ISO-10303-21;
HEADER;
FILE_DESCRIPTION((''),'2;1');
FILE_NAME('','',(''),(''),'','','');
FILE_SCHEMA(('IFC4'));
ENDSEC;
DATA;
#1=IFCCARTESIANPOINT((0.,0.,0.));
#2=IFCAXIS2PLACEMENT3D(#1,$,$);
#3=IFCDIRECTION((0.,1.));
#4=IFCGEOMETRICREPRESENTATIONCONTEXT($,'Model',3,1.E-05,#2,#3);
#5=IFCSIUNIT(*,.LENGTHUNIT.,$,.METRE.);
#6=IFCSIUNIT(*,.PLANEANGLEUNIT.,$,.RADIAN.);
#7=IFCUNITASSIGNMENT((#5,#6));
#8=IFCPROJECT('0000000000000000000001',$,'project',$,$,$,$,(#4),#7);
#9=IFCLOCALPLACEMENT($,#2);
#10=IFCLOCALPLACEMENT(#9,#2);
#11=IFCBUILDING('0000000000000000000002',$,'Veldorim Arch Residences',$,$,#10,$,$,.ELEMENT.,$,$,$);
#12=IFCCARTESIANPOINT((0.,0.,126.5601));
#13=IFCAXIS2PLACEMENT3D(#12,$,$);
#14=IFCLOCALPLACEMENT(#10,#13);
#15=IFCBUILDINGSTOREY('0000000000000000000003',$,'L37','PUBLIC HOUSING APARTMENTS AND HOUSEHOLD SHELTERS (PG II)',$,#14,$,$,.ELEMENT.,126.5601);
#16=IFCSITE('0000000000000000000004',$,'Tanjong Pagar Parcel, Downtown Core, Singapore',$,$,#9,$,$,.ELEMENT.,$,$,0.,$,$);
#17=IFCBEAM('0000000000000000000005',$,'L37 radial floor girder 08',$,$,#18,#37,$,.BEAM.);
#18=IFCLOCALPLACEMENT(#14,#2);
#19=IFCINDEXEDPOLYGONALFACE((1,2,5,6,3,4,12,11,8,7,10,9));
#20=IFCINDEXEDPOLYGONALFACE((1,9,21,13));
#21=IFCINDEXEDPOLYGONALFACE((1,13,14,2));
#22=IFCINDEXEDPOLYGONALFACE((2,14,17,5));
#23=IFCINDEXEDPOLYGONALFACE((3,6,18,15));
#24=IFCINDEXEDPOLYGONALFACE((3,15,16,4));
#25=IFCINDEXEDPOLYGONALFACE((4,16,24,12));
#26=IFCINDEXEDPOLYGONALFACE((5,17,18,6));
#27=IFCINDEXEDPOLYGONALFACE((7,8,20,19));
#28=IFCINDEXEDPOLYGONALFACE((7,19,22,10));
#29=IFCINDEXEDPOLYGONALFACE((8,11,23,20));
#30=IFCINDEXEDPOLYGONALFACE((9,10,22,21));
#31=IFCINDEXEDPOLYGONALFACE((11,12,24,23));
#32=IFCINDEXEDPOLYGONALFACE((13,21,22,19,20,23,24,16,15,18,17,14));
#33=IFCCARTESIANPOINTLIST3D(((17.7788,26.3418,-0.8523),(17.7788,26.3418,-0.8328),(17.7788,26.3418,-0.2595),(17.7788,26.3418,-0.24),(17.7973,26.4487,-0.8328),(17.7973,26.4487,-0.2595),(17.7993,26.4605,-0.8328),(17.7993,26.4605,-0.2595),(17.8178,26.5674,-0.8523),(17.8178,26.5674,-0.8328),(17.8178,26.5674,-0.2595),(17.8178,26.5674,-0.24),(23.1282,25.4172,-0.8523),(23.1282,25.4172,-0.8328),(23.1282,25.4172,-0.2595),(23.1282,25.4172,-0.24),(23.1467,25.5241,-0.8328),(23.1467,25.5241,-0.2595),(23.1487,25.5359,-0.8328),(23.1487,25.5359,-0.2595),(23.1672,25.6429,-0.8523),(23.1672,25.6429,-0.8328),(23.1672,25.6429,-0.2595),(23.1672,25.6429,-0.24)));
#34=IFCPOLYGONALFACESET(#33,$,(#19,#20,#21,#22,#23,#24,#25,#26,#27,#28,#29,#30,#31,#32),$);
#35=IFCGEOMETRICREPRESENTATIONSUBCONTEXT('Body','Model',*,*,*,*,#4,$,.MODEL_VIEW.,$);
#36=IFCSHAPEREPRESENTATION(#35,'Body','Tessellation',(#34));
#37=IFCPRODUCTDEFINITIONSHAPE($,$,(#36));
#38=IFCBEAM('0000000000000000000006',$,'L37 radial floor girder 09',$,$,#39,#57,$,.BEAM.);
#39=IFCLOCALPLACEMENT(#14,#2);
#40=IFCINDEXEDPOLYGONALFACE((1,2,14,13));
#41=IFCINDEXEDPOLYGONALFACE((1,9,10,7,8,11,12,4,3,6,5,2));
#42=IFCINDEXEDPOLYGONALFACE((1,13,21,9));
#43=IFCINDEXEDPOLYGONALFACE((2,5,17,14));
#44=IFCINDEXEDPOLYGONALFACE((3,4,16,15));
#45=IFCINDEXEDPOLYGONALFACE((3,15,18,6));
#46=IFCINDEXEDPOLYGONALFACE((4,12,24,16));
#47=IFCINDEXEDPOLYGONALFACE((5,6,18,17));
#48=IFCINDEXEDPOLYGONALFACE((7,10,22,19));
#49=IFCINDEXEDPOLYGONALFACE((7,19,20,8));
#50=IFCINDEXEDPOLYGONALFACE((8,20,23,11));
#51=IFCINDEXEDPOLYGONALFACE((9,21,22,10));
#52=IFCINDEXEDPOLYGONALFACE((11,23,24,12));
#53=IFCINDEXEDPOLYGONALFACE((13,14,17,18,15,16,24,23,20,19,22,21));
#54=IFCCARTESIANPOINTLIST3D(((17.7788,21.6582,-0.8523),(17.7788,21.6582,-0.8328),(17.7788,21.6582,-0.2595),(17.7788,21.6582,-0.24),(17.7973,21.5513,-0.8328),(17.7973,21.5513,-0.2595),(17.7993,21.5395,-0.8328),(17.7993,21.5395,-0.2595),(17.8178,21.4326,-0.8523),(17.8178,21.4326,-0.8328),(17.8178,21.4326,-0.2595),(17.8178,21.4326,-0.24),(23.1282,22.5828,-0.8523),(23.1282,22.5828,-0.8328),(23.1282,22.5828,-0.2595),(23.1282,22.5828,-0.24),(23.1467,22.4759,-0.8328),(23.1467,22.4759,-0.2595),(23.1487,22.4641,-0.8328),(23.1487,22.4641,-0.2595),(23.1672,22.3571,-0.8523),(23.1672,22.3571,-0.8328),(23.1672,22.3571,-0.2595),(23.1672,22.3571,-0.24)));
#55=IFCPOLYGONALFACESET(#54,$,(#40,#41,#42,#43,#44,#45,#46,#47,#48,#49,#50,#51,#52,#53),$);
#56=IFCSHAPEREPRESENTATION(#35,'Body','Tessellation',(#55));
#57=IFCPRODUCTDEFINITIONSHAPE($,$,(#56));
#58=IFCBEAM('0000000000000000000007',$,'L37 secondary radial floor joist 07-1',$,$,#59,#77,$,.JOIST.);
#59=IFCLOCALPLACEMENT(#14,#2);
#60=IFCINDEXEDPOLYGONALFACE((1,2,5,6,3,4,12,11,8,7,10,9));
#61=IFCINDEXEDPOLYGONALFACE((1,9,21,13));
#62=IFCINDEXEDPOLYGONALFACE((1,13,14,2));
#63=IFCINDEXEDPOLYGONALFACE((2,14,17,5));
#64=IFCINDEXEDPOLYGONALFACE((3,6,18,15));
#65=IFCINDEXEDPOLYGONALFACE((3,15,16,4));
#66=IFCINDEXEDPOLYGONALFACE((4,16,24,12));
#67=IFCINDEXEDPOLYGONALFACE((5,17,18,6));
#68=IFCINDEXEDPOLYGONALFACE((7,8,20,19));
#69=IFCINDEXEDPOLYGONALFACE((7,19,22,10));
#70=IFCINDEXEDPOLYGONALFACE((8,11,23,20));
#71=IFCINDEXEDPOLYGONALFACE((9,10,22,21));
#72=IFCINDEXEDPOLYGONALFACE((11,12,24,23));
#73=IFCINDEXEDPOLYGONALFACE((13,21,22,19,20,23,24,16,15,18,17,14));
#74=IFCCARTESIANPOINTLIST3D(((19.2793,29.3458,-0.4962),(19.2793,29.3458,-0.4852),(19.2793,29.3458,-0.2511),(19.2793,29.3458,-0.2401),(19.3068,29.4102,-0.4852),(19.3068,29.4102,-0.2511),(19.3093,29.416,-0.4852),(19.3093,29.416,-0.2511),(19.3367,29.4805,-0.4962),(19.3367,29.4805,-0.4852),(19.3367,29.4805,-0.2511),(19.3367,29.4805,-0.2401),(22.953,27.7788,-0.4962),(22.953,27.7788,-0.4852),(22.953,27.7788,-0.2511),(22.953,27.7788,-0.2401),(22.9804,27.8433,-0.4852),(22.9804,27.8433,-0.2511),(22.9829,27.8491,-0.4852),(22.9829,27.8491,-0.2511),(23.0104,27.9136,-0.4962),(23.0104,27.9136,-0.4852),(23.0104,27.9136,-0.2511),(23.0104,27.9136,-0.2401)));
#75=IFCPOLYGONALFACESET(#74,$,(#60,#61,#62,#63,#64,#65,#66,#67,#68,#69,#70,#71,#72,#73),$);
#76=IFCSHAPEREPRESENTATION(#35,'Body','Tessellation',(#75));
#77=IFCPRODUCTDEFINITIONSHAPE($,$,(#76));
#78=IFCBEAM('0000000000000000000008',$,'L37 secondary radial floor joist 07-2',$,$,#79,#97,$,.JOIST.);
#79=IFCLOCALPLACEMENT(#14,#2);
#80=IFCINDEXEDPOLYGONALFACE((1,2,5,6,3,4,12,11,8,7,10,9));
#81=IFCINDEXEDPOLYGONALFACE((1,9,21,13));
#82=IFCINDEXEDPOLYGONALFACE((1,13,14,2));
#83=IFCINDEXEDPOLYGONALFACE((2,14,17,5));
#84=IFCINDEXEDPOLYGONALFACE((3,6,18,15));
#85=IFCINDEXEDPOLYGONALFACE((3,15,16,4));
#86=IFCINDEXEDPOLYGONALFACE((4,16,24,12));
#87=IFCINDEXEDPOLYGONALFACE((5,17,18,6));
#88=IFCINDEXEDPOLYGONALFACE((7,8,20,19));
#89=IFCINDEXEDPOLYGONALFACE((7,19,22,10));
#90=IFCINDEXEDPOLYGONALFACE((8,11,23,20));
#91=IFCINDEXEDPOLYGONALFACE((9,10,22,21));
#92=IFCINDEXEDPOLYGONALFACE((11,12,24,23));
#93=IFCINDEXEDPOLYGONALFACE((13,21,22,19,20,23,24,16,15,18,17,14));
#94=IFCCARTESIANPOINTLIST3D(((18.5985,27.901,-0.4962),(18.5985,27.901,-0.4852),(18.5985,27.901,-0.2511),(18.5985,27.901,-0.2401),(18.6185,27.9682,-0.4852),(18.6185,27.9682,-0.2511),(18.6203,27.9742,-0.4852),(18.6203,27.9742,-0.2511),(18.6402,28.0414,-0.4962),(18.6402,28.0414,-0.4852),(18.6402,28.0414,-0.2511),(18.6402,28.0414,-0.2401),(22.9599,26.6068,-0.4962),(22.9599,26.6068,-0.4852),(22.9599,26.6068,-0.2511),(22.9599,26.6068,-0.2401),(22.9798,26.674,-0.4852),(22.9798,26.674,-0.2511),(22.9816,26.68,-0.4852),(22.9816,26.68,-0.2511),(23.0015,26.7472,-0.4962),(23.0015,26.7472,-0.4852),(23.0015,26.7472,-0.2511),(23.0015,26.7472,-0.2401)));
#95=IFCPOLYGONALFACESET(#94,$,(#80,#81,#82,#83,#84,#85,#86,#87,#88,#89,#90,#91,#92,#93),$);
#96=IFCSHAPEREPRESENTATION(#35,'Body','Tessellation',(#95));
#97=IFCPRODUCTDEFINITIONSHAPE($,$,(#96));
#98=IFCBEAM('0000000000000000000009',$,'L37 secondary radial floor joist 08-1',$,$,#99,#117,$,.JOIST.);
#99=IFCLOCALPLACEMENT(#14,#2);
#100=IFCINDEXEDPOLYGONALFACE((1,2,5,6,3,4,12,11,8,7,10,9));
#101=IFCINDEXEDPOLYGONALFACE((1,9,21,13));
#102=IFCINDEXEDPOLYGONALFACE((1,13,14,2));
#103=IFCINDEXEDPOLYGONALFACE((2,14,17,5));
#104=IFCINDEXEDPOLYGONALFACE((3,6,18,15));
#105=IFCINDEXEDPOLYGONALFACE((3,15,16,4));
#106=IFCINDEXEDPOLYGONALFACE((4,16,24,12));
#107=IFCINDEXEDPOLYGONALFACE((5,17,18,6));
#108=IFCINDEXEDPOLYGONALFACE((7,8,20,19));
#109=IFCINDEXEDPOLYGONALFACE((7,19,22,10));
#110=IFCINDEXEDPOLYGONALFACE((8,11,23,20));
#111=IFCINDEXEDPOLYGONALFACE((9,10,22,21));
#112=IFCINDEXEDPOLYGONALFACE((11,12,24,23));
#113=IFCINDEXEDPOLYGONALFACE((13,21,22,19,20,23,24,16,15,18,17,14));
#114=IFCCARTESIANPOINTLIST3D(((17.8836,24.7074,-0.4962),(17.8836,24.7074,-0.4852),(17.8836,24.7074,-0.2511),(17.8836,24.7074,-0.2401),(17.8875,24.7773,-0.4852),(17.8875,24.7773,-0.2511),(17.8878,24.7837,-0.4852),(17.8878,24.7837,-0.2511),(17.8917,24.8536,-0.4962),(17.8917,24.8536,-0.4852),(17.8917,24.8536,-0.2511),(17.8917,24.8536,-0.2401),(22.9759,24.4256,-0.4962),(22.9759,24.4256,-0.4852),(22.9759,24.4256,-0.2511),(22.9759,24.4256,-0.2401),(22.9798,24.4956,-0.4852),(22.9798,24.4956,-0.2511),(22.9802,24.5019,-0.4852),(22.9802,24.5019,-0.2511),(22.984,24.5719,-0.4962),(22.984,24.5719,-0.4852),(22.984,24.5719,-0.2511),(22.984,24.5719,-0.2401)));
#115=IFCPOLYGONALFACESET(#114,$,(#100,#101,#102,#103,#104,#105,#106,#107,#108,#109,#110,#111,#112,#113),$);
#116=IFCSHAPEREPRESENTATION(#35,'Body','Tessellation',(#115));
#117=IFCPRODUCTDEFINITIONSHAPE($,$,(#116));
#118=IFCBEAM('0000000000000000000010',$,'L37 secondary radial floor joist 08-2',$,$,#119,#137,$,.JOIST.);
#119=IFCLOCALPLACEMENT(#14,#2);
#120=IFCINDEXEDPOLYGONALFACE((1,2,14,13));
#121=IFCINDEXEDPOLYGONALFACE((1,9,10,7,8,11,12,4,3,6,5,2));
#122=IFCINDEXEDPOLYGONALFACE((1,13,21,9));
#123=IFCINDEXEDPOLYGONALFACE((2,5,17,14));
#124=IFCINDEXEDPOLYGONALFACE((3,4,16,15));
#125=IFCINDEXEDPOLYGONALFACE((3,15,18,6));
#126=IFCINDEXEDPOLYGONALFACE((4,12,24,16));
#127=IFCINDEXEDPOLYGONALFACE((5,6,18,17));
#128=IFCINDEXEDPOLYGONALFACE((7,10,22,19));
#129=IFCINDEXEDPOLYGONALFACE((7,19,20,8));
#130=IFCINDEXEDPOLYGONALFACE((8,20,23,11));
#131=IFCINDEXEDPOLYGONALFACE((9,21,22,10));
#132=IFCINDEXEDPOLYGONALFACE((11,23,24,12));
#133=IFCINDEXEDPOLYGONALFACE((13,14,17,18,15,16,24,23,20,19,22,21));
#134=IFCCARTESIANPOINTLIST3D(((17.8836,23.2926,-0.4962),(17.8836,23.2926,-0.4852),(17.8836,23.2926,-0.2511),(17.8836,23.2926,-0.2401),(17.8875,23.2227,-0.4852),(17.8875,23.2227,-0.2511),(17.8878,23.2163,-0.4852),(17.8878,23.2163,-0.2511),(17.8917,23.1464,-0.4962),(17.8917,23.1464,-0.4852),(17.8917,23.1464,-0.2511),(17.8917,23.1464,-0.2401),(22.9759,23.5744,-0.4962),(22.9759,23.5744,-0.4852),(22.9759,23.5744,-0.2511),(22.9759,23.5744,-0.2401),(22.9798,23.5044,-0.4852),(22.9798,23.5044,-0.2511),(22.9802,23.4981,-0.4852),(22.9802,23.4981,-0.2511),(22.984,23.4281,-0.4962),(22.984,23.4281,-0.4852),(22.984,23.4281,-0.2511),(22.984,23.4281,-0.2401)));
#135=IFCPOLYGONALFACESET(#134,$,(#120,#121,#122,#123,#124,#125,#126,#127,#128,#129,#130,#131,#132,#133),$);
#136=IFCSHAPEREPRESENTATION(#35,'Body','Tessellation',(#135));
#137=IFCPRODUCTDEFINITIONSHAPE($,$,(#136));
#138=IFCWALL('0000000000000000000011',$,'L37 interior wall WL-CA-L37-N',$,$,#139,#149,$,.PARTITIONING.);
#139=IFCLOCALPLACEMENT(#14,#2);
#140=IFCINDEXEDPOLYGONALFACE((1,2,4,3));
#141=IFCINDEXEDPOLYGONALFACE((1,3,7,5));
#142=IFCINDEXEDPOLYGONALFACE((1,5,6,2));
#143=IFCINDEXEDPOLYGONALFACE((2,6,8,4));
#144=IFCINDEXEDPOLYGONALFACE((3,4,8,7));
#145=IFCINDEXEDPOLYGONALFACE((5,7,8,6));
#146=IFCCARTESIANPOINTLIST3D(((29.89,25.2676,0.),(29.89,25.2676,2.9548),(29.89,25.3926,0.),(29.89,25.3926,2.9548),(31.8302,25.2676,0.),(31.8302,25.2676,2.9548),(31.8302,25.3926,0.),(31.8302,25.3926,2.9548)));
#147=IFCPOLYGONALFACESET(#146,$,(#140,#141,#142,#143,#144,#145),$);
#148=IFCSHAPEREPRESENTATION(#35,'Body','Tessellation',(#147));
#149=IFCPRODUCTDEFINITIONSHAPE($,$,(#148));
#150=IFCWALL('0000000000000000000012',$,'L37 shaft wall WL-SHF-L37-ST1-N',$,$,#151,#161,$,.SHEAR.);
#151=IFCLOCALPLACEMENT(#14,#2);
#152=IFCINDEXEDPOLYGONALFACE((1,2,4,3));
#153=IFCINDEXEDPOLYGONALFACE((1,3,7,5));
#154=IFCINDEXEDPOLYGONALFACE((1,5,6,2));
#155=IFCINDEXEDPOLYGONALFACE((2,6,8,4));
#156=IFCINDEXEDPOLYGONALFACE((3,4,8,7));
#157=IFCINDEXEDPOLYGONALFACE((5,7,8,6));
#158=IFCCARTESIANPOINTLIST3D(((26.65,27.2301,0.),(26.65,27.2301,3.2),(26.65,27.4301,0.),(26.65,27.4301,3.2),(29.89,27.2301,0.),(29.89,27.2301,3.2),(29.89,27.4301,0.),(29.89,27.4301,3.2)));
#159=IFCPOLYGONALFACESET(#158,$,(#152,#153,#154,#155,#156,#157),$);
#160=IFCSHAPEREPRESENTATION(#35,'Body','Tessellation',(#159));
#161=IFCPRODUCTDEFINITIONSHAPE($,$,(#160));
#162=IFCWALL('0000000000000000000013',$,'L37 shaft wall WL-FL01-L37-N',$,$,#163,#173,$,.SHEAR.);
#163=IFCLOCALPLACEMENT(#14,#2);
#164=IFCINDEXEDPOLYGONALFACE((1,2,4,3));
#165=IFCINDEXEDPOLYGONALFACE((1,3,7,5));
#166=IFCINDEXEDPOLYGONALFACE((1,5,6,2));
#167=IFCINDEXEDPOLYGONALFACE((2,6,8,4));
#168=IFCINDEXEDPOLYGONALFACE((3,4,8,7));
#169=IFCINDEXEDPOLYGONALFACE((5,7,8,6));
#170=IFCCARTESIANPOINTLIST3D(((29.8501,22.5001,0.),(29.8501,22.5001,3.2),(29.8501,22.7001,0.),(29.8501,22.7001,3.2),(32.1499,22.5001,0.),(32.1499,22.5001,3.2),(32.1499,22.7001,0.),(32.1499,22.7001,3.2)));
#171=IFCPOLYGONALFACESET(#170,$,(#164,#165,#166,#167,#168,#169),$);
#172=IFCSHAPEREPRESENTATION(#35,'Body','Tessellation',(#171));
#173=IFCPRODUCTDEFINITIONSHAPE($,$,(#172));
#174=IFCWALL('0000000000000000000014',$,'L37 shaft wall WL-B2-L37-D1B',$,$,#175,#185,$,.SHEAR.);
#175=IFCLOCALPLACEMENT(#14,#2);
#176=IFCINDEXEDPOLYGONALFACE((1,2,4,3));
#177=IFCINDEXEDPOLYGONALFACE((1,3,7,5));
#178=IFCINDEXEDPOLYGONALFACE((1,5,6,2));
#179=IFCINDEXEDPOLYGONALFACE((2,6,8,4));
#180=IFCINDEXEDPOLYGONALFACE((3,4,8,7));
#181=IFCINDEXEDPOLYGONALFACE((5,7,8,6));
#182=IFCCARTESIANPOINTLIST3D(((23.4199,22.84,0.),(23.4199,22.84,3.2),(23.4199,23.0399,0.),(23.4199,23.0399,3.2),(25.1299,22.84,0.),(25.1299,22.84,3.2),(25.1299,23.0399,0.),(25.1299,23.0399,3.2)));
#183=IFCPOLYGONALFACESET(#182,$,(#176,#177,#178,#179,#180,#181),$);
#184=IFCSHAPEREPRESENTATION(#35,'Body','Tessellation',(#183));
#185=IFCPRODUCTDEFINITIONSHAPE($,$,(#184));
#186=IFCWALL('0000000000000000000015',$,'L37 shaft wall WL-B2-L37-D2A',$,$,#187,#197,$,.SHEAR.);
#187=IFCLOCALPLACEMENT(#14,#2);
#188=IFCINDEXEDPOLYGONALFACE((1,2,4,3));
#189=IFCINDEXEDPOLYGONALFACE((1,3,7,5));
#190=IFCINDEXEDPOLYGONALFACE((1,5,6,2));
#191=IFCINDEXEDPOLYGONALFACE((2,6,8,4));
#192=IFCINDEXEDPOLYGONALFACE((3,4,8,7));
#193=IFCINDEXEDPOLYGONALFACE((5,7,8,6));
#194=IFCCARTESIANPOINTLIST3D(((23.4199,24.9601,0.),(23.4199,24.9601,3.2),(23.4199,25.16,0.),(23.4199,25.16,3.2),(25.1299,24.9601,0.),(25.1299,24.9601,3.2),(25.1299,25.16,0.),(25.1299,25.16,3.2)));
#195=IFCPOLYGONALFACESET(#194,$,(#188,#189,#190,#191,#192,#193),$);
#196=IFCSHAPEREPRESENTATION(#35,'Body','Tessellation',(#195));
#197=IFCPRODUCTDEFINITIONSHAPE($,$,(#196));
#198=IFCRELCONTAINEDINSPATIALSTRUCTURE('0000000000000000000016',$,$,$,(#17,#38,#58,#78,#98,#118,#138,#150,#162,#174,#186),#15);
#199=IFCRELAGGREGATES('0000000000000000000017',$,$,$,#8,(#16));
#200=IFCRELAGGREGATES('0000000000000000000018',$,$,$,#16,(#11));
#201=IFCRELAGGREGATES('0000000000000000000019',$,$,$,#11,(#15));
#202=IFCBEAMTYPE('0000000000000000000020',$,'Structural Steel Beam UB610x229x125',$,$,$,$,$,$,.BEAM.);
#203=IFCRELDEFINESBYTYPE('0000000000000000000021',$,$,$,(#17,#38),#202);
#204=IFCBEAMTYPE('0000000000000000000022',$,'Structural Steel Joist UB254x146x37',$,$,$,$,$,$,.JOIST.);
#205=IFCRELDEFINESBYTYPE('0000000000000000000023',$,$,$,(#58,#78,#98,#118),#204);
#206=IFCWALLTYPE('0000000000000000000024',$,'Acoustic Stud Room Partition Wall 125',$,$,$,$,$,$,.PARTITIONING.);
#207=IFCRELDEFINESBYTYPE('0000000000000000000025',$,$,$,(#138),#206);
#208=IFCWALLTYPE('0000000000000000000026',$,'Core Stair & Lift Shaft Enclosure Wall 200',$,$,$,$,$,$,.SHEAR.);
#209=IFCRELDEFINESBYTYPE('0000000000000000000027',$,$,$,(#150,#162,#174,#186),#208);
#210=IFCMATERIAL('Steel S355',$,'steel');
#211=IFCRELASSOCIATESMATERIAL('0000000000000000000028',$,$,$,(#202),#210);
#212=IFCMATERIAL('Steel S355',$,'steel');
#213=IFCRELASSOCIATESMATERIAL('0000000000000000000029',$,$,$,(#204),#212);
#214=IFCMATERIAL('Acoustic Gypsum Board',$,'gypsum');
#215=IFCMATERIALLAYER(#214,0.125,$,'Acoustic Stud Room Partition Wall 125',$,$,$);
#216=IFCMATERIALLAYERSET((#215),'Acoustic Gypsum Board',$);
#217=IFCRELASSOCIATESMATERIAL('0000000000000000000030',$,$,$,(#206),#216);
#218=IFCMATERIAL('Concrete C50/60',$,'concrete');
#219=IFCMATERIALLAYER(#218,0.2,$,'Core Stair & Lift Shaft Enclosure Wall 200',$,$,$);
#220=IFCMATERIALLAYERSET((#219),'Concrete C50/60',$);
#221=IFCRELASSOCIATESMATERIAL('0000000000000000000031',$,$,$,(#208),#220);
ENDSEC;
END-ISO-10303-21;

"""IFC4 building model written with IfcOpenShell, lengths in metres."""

from ifc_helpers import new_model, si_unit, direction, frame, frame_2d, origin, origin_2d, place, context, subcontext, project, spatial, rectangle, i_section, extrude, material, layer, layer_set, material_profile, profile_set, type_object, element, save


model = new_model("IFC4")

# Units and contexts
model_context = context("Model", 3, precision=1e-05, world=origin(), true_north=direction((0.0, 1.0)))
body_context = subcontext(model_context, "Body", "Model", "MODEL_VIEW")
ifc_project = project(units=[si_unit("LENGTHUNIT", "METRE"), si_unit("PLANEANGLEUNIT", "RADIAN")], contexts=[model_context])

# Site, building, storey
site_placement = place(None, origin())
site = spatial("IfcSite", under=ifc_project, at=site_placement, Name="Tanjong Pagar Parcel, Downtown Core, Singapore", CompositionType="ELEMENT", RefElevation=0.0)
building_placement = place(site_placement, origin())
building = spatial("IfcBuilding", under=site, at=building_placement, Name="Veldorim Arch Residences", CompositionType="ELEMENT")
storey_placement = place(building_placement, frame((0.0, 0.0, 126.5601)))
storey = spatial("IfcBuildingStorey", under=building, at=storey_placement, Name="L37", Description="PUBLIC HOUSING APARTMENTS AND HOUSEHOLD SHELTERS (PG II)", CompositionType="ELEMENT", Elevation=126.5601)

# Beams
ifc_material_1 = material(Name="Steel S355", Category="steel")
ifc_material_profile_1 = material_profile(ifc_material_1, i_section(OverallWidth=0.229, OverallDepth=0.6123, WebThickness=0.012, FlangeThickness=0.0195, at=origin_2d()), Name="UB610x229x125")
ifc_profile_set_1 = profile_set([ifc_material_profile_1], Name="Steel S355")
beam_type_1 = type_object("IfcBeamType", Name="Structural Steel Beam UB610x229x125", PredefinedType="BEAM", material=ifc_profile_set_1)
for number, where, z_axis, x_axis, name in (
    (1, (23.1477, 25.53, -0.5461), (-0.98539, 0.170311, 0.0), (-0.170311, -0.98539, 0.0), "L37 radial floor girder 08"),
    (2, (23.1477, 22.47, -0.5461), (-0.98539, -0.170311, 0.0), (0.170311, -0.98539, 0.0), "L37 radial floor girder 09"),
):
    element("IfcBeam", number, at=place(storey_placement, frame(where, z_axis=z_axis, x_axis=x_axis)), inside=storey, type_object=beam_type_1, Name=name, PredefinedType="BEAM", context=body_context, shape_type="SweptSolid", body=[
        extrude(i_section(OverallWidth=0.229, OverallDepth=0.6123, WebThickness=0.012, FlangeThickness=0.0195, at=origin_2d()), origin(), (0.0, 0.0, 1.0), 5.4287),
    ])
ifc_material_2 = material(Name="Steel S355", Category="steel")
ifc_material_profile_2 = material_profile(ifc_material_2, i_section(OverallWidth=0.1465, OverallDepth=0.2561, WebThickness=0.0063, FlangeThickness=0.011, at=origin_2d()), Name="UB254x146x37")
ifc_profile_set_2 = profile_set([ifc_material_profile_2], Name="Steel S355")
beam_type_2 = type_object("IfcBeamType", Name="Structural Steel Joist UB254x146x37", PredefinedType="JOIST", material=ifc_profile_set_2)
beam_1_placement = place(storey_placement, frame((22.9817, 27.8462, -0.3682), z_axis=(-0.919823, 0.392332, 0.0), x_axis=(-0.392332, -0.919823, 0.0)))
element("IfcBeam", 3, at=beam_1_placement, inside=storey, type_object=beam_type_2, Name="L37 secondary radial floor joist 07-1", PredefinedType="JOIST", context=body_context, shape_type="SweptSolid", body=[
    extrude(i_section(OverallWidth=0.1465, OverallDepth=0.2561, WebThickness=0.0063, FlangeThickness=0.011, at=origin_2d()), origin(), (0.0, 0.0, 1.0), 3.9939),
])
beam_2_placement = place(storey_placement, frame((22.9807, 26.677, -0.3682), z_axis=(-0.958682, 0.284481, 0.0), x_axis=(-0.284481, -0.958682, 0.0)))
element("IfcBeam", 4, at=beam_2_placement, inside=storey, type_object=beam_type_2, Name="L37 secondary radial floor joist 07-2", PredefinedType="JOIST", context=body_context, shape_type="SweptSolid", body=[
    extrude(i_section(OverallWidth=0.1465, OverallDepth=0.2561, WebThickness=0.0063, FlangeThickness=0.011, at=origin_2d()), origin(), (0.0, 0.0, 1.0), 4.5493),
])
for number, where, z_axis, x_axis, name in (
    (5, (22.98, 24.4988, -0.3682), (-0.998473, 0.055242, 0.0), (-0.055242, -0.998473, 0.0), "L37 secondary radial floor joist 08-1"),
    (6, (22.98, 23.5012, -0.3682), (-0.998473, -0.055242, 0.0), (0.055242, -0.998473, 0.0), "L37 secondary radial floor joist 08-2"),
):
    element("IfcBeam", number, at=place(storey_placement, frame(where, z_axis=z_axis, x_axis=x_axis)), inside=storey, type_object=beam_type_2, Name=name, PredefinedType="JOIST", context=body_context, shape_type="SweptSolid", body=[
        extrude(i_section(OverallWidth=0.1465, OverallDepth=0.2561, WebThickness=0.0063, FlangeThickness=0.011, at=origin_2d()), origin(), (0.0, 0.0, 1.0), 5.1001),
    ])

# Walls
ifc_material_3 = material(Name="Acoustic Gypsum Board", Category="gypsum")
ifc_layer_1 = layer(ifc_material_3, 0.125, Name="Acoustic Stud Room Partition Wall 125")
ifc_layer_set_1 = layer_set([ifc_layer_1], Name="Acoustic Gypsum Board")
wall_type_1 = type_object("IfcWallType", Name="Acoustic Stud Room Partition Wall 125", PredefinedType="PARTITIONING", material=ifc_layer_set_1)
wall_1_placement = place(storey_placement, frame((29.8899, 25.3301, 0.0), z_axis=(0.0, 0.0, 1.0), x_axis=(1.0, 0.0, 0.0)))
element("IfcWall", 7, at=wall_1_placement, inside=storey, type_object=wall_type_1, Name="L37 interior wall WL-CA-L37-N", PredefinedType="PARTITIONING", context=body_context, shape_type="SweptSolid", body=[
    extrude(rectangle(XDim=1.9402, YDim=0.125, at=frame_2d((0.9702, 0.0))), origin(), (0.0, 0.0, 1.0), 2.9548),
])
ifc_material_4 = material(Name="Concrete C50/60", Category="concrete")
ifc_layer_2 = layer(ifc_material_4, 0.2, Name="Core Stair & Lift Shaft Enclosure Wall 200")
ifc_layer_set_2 = layer_set([ifc_layer_2], Name="Concrete C50/60")
wall_type_2 = type_object("IfcWallType", Name="Core Stair & Lift Shaft Enclosure Wall 200", PredefinedType="SHEAR", material=ifc_layer_set_2)
wall_2_placement = place(storey_placement, frame((26.6499, 27.3301, 0.0), z_axis=(0.0, 0.0, 1.0), x_axis=(1.0, 0.0, 0.0)))
element("IfcWall", 8, at=wall_2_placement, inside=storey, type_object=wall_type_2, Name="L37 shaft wall WL-SHF-L37-ST1-N", PredefinedType="SHEAR", context=body_context, shape_type="SweptSolid", body=[
    extrude(rectangle(XDim=3.24, YDim=0.2, at=frame_2d((1.6201, 0.0))), origin(), (0.0, 0.0, 1.0), 3.2),
])
wall_3_placement = place(storey_placement, frame((29.8501, 22.6001, 0.0), z_axis=(0.0, 0.0, 1.0), x_axis=(1.0, 0.0, 0.0)))
element("IfcWall", 9, at=wall_3_placement, inside=storey, type_object=wall_type_2, Name="L37 shaft wall WL-FL01-L37-N", PredefinedType="SHEAR", context=body_context, shape_type="SweptSolid", body=[
    extrude(rectangle(XDim=2.2998, YDim=0.2, at=frame_2d((1.1499, 0.0))), origin(), (0.0, 0.0, 1.0), 3.2),
])
for number, where, z_axis, x_axis, name in (
    (10, (23.4199, 22.9399, 0.0), (0.0, 0.0, 1.0), (1.0, 0.0, 0.0), "L37 shaft wall WL-B2-L37-D1B"),
    (11, (23.4199, 25.0601, 0.0), (0.0, 0.0, 1.0), (1.0, 0.0, 0.0), "L37 shaft wall WL-B2-L37-D2A"),
):
    element("IfcWall", number, at=place(storey_placement, frame(where, z_axis=z_axis, x_axis=x_axis)), inside=storey, type_object=wall_type_2, Name=name, PredefinedType="SHEAR", context=body_context, shape_type="SweptSolid", body=[
        extrude(rectangle(XDim=1.71, YDim=0.2, at=frame_2d((0.855, 0.0))), origin(), (0.0, 0.0, 1.0), 3.2),
    ])

save(model, "model.ifc")
